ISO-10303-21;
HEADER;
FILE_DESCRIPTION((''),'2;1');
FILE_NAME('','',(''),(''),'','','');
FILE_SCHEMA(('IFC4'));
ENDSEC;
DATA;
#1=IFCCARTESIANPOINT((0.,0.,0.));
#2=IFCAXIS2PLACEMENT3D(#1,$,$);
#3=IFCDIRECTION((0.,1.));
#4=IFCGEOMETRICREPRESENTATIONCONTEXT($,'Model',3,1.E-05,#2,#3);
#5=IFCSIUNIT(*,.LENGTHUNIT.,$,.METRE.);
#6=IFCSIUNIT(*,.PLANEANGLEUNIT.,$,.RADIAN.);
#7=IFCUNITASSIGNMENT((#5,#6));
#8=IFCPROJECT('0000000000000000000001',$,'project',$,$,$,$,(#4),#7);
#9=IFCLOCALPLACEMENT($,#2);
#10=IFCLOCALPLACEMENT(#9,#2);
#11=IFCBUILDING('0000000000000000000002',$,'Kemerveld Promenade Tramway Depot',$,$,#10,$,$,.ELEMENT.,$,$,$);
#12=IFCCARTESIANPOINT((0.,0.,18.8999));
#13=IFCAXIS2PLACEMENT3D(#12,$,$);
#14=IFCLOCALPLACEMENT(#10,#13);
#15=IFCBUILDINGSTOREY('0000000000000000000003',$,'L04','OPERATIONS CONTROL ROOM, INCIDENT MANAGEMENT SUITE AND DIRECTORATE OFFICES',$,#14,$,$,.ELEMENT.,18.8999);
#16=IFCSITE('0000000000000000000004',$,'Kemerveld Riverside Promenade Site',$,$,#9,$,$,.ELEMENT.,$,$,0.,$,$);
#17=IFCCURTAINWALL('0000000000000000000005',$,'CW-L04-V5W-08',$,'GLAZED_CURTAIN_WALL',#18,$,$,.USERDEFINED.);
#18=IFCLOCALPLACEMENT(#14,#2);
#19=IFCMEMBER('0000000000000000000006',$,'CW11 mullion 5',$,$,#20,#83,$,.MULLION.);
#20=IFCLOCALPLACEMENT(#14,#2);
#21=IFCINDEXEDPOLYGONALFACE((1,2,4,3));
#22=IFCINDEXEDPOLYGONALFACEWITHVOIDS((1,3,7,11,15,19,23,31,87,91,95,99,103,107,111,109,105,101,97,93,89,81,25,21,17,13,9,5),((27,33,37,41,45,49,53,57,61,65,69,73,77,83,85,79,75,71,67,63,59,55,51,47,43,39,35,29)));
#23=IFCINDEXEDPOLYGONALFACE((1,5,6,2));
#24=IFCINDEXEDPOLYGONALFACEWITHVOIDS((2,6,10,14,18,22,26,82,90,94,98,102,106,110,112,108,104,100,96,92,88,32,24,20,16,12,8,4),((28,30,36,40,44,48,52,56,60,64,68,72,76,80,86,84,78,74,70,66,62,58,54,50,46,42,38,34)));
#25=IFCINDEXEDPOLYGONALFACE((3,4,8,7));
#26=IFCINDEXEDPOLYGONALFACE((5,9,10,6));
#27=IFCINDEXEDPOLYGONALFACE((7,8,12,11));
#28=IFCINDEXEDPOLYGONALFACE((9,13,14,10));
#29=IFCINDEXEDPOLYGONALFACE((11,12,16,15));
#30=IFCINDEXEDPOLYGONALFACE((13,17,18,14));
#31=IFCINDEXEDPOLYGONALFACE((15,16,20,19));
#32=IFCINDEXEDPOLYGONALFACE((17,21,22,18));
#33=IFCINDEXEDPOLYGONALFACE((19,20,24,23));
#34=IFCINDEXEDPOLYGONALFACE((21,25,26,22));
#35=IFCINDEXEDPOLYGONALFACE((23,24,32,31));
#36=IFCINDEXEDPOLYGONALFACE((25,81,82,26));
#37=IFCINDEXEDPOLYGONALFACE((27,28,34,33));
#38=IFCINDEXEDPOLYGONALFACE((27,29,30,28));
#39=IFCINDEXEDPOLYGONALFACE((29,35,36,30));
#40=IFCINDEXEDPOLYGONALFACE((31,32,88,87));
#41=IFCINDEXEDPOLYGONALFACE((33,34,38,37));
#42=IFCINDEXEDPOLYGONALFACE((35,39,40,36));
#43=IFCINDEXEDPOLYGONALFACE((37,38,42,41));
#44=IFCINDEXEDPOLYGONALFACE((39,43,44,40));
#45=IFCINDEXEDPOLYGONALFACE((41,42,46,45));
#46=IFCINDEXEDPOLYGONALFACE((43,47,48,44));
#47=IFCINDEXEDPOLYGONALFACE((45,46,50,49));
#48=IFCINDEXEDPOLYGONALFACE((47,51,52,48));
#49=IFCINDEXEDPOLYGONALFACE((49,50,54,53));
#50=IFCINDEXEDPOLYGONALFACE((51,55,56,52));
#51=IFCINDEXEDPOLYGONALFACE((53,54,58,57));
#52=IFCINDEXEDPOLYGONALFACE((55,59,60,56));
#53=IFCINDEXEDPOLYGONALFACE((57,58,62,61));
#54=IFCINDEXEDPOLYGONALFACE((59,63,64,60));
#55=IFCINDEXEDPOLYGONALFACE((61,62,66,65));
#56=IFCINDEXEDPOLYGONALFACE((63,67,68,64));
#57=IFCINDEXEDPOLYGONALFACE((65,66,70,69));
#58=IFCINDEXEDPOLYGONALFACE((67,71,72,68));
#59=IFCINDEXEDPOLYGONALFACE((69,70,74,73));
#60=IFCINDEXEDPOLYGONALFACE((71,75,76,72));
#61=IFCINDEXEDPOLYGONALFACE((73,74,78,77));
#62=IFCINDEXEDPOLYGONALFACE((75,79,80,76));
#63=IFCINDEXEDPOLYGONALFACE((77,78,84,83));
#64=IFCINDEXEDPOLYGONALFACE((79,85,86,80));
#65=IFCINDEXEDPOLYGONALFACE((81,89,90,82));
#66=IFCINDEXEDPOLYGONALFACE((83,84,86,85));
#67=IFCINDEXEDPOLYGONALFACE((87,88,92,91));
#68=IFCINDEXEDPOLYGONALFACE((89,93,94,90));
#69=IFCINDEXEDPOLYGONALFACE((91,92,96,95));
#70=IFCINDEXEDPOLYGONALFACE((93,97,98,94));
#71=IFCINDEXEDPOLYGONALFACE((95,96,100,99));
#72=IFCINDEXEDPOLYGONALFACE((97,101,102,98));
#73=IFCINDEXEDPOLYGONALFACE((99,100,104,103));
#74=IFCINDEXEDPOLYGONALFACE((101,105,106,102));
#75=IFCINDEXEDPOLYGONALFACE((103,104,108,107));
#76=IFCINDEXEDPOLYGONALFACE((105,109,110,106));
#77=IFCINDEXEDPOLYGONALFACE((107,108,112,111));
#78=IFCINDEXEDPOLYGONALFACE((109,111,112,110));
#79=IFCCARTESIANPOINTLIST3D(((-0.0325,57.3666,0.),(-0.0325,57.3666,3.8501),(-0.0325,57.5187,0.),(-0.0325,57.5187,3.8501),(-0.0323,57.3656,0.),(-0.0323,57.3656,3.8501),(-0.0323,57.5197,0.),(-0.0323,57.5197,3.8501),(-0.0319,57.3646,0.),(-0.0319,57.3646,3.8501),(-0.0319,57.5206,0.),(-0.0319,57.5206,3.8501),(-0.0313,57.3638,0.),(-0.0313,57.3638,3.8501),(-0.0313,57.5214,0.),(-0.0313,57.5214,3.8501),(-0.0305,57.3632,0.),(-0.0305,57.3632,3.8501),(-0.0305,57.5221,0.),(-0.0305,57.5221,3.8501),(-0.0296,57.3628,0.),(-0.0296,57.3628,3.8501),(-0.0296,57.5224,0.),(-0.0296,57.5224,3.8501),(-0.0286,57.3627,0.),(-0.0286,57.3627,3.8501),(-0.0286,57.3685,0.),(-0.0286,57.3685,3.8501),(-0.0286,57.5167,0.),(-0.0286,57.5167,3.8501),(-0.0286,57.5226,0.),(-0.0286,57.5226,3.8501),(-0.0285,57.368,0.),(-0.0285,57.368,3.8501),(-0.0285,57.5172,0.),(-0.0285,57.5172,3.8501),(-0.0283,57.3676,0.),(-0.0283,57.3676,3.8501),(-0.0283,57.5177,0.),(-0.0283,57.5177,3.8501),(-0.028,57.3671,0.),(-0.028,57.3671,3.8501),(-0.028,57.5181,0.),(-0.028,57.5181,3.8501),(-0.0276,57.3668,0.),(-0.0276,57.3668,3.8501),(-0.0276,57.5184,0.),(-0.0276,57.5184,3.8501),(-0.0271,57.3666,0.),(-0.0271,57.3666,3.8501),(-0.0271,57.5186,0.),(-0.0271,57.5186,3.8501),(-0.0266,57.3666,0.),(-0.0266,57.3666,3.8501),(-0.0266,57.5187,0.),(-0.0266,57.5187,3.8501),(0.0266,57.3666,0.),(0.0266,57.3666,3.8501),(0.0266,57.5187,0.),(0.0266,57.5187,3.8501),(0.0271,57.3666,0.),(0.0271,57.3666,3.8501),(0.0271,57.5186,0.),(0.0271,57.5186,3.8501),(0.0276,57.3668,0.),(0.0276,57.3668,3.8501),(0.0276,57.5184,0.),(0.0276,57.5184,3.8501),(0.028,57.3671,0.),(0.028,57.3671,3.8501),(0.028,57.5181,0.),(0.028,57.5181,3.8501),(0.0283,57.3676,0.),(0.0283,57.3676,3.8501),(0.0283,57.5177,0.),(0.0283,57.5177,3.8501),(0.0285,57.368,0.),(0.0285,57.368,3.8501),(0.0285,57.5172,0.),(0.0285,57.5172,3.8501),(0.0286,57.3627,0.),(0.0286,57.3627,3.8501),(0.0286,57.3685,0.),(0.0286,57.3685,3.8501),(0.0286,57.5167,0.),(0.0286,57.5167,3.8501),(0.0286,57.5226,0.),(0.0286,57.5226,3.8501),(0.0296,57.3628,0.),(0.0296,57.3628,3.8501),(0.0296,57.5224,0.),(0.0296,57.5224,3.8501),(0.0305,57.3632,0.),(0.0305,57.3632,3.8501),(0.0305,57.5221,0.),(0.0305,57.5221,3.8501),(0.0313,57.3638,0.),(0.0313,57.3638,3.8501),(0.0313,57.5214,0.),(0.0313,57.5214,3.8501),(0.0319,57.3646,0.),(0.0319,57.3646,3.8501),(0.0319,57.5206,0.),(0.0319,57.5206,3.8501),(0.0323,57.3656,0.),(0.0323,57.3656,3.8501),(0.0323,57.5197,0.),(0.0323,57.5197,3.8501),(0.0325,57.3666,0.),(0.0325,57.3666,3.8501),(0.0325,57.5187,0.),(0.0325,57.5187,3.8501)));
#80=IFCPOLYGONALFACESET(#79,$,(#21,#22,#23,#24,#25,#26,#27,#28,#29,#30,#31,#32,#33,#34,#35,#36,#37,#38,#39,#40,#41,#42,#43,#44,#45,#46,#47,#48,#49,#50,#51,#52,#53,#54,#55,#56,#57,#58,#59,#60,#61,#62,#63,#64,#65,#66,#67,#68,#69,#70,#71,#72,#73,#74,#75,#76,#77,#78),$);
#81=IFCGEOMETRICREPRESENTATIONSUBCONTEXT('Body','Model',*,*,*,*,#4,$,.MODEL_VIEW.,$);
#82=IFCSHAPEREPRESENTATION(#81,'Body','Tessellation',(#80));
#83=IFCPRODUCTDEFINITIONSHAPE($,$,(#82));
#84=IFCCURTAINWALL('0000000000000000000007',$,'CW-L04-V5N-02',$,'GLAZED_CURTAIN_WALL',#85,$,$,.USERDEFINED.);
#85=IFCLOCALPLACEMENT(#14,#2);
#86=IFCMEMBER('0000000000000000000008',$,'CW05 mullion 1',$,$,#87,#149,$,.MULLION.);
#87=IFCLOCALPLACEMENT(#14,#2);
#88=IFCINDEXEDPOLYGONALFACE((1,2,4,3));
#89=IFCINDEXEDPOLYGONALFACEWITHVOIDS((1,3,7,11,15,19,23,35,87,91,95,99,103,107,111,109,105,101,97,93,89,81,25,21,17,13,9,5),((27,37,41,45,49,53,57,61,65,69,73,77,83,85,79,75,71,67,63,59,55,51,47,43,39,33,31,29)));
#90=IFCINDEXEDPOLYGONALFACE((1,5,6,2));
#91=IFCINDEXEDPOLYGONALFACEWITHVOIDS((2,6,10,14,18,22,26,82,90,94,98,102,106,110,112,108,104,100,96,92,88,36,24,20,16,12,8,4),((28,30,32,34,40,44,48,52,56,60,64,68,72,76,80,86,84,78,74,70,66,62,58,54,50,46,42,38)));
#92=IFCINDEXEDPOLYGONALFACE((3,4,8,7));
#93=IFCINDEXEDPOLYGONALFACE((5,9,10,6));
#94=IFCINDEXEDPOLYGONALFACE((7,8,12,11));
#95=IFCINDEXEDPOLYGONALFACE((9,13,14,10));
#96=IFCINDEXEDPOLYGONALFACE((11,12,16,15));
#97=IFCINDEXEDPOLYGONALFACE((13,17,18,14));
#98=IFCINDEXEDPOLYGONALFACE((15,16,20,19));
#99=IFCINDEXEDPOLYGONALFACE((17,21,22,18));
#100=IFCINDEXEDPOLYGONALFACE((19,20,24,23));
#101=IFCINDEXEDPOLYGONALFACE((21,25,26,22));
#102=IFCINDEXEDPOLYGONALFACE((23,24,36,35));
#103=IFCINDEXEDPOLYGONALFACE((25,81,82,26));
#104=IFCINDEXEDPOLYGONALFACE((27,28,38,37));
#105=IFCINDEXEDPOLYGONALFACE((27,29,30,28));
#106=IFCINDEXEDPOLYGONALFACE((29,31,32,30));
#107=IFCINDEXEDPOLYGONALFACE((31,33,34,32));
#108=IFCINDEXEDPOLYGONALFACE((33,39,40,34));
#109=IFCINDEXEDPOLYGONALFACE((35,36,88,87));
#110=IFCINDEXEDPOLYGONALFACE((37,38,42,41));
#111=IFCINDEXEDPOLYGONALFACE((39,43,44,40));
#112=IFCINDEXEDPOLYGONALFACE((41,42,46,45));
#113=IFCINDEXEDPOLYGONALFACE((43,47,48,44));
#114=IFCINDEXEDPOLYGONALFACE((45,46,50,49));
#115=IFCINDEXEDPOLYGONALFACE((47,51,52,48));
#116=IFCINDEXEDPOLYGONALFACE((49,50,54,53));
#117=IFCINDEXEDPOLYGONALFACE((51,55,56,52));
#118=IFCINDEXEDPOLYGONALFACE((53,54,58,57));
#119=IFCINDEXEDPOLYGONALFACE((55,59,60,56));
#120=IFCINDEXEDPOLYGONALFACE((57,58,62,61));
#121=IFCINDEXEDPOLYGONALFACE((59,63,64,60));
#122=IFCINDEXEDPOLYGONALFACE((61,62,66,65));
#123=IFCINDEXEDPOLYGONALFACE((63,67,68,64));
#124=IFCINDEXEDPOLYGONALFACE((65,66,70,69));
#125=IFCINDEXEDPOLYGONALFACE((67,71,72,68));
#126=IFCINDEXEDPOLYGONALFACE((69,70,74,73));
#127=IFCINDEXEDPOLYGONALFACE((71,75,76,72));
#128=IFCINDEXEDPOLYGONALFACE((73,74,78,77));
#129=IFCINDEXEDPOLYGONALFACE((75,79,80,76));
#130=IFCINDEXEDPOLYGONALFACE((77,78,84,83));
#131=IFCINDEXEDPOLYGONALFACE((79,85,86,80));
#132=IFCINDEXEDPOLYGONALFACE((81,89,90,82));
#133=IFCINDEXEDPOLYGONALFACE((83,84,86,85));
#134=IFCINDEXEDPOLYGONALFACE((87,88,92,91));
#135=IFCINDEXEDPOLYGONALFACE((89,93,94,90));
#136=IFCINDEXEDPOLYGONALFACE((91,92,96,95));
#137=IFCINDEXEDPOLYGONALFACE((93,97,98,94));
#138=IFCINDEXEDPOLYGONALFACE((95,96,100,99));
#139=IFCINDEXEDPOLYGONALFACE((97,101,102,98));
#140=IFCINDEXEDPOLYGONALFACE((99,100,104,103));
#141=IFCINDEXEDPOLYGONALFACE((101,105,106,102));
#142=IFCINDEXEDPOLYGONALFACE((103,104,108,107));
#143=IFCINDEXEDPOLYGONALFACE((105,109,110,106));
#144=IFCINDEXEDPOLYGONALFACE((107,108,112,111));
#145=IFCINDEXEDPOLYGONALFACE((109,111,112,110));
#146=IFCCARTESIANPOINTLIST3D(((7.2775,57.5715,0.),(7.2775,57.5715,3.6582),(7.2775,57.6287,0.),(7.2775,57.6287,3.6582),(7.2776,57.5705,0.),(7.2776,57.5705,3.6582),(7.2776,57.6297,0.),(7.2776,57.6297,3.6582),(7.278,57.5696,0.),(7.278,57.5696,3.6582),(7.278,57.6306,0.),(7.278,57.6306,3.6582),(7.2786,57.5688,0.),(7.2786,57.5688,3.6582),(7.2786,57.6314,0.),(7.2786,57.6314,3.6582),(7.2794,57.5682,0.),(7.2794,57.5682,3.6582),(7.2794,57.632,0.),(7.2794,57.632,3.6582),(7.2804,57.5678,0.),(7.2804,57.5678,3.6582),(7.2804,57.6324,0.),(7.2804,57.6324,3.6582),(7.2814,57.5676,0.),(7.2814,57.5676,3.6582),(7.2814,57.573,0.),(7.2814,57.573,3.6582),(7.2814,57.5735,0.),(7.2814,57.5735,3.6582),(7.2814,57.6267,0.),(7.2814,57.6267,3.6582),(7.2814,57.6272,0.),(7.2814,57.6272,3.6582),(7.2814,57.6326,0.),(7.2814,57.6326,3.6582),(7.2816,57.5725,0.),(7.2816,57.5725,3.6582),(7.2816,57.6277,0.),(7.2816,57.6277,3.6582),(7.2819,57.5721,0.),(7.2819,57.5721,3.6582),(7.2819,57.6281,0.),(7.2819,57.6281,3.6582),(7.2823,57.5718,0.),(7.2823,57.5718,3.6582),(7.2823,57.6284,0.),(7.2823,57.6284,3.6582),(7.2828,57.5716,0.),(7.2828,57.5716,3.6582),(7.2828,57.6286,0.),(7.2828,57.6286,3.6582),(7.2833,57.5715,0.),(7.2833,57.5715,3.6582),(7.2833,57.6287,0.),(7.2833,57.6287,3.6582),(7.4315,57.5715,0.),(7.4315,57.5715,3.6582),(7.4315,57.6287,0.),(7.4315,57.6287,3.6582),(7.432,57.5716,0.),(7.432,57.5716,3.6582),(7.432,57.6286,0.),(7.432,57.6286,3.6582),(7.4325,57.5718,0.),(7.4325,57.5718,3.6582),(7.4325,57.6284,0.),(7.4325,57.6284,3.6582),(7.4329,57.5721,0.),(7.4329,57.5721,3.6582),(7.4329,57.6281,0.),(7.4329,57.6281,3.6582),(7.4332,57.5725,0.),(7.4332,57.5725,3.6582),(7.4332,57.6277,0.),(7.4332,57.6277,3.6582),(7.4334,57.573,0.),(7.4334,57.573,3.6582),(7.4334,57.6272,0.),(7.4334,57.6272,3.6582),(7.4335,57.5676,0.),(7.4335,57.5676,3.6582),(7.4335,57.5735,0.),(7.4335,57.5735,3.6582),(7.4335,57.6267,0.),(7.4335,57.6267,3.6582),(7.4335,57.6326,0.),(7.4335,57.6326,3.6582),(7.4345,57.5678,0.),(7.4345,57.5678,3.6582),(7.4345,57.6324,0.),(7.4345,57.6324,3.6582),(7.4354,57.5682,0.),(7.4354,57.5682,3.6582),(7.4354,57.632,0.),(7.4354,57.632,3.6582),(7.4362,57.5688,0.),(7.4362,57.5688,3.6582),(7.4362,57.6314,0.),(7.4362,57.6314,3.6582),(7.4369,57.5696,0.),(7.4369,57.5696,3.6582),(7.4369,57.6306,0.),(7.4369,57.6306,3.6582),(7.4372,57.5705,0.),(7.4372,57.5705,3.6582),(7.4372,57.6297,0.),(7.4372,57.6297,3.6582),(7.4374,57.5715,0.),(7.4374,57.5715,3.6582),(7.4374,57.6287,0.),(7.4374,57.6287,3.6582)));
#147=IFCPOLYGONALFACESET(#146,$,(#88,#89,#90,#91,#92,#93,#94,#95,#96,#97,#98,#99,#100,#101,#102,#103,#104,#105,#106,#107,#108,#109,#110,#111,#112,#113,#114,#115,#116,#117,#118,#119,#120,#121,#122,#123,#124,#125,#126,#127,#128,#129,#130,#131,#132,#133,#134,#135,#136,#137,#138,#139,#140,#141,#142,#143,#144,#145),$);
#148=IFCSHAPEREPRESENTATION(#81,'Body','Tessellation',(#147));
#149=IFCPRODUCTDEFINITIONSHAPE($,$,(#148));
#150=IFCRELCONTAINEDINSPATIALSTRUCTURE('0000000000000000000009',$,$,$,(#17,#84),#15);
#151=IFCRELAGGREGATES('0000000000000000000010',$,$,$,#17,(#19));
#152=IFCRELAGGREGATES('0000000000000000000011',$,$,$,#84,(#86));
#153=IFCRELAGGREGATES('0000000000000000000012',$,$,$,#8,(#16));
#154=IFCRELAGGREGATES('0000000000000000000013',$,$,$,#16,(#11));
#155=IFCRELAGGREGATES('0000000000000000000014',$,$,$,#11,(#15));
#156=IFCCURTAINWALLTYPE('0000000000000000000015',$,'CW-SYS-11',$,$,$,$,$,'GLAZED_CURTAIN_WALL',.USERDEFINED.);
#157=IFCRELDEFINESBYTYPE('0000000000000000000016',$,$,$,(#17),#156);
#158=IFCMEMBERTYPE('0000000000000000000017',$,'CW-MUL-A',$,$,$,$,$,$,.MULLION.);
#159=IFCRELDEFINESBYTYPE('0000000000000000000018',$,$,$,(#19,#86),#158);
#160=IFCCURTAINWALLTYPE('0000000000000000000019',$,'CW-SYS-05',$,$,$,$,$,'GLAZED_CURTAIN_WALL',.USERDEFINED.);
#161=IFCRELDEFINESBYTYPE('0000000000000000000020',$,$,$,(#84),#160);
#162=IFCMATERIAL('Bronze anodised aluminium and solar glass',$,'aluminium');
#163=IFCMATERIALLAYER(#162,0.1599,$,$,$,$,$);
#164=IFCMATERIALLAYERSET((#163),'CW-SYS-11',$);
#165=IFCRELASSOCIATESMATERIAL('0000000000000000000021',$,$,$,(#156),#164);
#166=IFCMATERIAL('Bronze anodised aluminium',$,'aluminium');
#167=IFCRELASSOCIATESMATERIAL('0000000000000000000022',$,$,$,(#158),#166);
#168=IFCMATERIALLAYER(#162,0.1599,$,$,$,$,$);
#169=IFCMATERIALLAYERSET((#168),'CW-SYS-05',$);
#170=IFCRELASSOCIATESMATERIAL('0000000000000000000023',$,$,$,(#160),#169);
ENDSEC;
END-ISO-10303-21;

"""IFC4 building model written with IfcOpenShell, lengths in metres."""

from ifc_helpers import new_model, si_unit, direction, frame, origin, origin_2d, place, context, subcontext, project, spatial, hollow_rectangle, extrude, material, layer, layer_set, material_profile, profile_set, type_object, element, aggregate, save


model = new_model("IFC4")

# Units and contexts
model_context = context("Model", 3, precision=1e-05, world=origin(), true_north=direction((0.0, 1.0)))
body_context = subcontext(model_context, "Body", "Model", "MODEL_VIEW")
ifc_project = project(units=[si_unit("LENGTHUNIT", "METRE"), si_unit("PLANEANGLEUNIT", "RADIAN")], contexts=[model_context])

# Site, building, storey
site_placement = place(None, origin())
site = spatial("IfcSite", under=ifc_project, at=site_placement, Name="Kemerveld Riverside Promenade Site", CompositionType="ELEMENT", RefElevation=0.0)
building_placement = place(site_placement, origin())
building = spatial("IfcBuilding", under=site, at=building_placement, Name="Kemerveld Promenade Tramway Depot", CompositionType="ELEMENT")
storey_placement = place(building_placement, frame((0.0, 0.0, 18.8999)))
storey = spatial("IfcBuildingStorey", under=building, at=storey_placement, Name="L04", Description="OPERATIONS CONTROL ROOM, INCIDENT MANAGEMENT SUITE AND DIRECTORATE OFFICES", CompositionType="ELEMENT", Elevation=18.8999)

# Curtain walls, members
ifc_material_1 = material(Name="Bronze anodised aluminium and solar glass", Category="aluminium")
ifc_layer_1 = layer(ifc_material_1, 0.1599)
ifc_layer_set_1 = layer_set([ifc_layer_1], Name="CW-SYS-11")
curtain_wall_type_1 = type_object("IfcCurtainWallType", Name="CW-SYS-11", ElementType="GLAZED_CURTAIN_WALL", PredefinedType="USERDEFINED", material=ifc_layer_set_1)
curtain_wall_1_placement = place(storey_placement, origin())
curtain_wall_1 = element("IfcCurtainWall", 1, at=curtain_wall_1_placement, inside=storey, type_object=curtain_wall_type_1, Name="CW-L04-V5W-08", ObjectType="GLAZED_CURTAIN_WALL", PredefinedType="USERDEFINED")
ifc_material_2 = material(Name="Bronze anodised aluminium", Category="aluminium")
ifc_material_profile_1 = material_profile(ifc_material_2, hollow_rectangle(XDim=0.0649, YDim=0.1599, WallThickness=0.0039, InnerFilletRadius=0.002, OuterFilletRadius=0.0039, at=origin_2d()), Name="CW-MUL-160x65")
ifc_profile_set_1 = profile_set([ifc_material_profile_1], Name="Bronze anodised aluminium")
member_type_1 = type_object("IfcMemberType", Name="CW-MUL-A", PredefinedType="MULLION", material=ifc_profile_set_1)
member_1_placement = place(storey_placement, frame((0.0, 57.4426, 0.0), z_axis=(0.0, 0.0, 1.0), x_axis=(-1.0, 0.0, 0.0)))
member_1 = element("IfcMember", 2, at=member_1_placement, type_object=member_type_1, Name="CW11 mullion 5", PredefinedType="MULLION", context=body_context, shape_type="SweptSolid", body=[
    extrude(hollow_rectangle(XDim=0.0649, YDim=0.1599, WallThickness=0.0039, InnerFilletRadius=0.002, OuterFilletRadius=0.0039, at=origin_2d()), origin(), (0.0, 0.0, 1.0), 3.8501),
])
ifc_layer_2 = layer(ifc_material_1, 0.1599)
ifc_layer_set_2 = layer_set([ifc_layer_2], Name="CW-SYS-05")
curtain_wall_type_2 = type_object("IfcCurtainWallType", Name="CW-SYS-05", ElementType="GLAZED_CURTAIN_WALL", PredefinedType="USERDEFINED", material=ifc_layer_set_2)
curtain_wall_2_placement = place(storey_placement, origin())
curtain_wall_2 = element("IfcCurtainWall", 3, at=curtain_wall_2_placement, inside=storey, type_object=curtain_wall_type_2, Name="CW-L04-V5N-02", ObjectType="GLAZED_CURTAIN_WALL", PredefinedType="USERDEFINED")
member_2_placement = place(storey_placement, frame((7.3574, 57.6001, 0.0), z_axis=(0.0, 0.0, 1.0), x_axis=(0.0, 1.0, 0.0)))
member_2 = element("IfcMember", 4, at=member_2_placement, type_object=member_type_1, Name="CW05 mullion 1", PredefinedType="MULLION", context=body_context, shape_type="SweptSolid", body=[
    extrude(hollow_rectangle(XDim=0.0649, YDim=0.1599, WallThickness=0.0039, InnerFilletRadius=0.002, OuterFilletRadius=0.0039, at=origin_2d()), origin(), (0.0, 0.0, 1.0), 3.6582),
])

aggregate(curtain_wall_1, [member_1])
aggregate(curtain_wall_2, [member_2])

save(model, "model.ifc")
